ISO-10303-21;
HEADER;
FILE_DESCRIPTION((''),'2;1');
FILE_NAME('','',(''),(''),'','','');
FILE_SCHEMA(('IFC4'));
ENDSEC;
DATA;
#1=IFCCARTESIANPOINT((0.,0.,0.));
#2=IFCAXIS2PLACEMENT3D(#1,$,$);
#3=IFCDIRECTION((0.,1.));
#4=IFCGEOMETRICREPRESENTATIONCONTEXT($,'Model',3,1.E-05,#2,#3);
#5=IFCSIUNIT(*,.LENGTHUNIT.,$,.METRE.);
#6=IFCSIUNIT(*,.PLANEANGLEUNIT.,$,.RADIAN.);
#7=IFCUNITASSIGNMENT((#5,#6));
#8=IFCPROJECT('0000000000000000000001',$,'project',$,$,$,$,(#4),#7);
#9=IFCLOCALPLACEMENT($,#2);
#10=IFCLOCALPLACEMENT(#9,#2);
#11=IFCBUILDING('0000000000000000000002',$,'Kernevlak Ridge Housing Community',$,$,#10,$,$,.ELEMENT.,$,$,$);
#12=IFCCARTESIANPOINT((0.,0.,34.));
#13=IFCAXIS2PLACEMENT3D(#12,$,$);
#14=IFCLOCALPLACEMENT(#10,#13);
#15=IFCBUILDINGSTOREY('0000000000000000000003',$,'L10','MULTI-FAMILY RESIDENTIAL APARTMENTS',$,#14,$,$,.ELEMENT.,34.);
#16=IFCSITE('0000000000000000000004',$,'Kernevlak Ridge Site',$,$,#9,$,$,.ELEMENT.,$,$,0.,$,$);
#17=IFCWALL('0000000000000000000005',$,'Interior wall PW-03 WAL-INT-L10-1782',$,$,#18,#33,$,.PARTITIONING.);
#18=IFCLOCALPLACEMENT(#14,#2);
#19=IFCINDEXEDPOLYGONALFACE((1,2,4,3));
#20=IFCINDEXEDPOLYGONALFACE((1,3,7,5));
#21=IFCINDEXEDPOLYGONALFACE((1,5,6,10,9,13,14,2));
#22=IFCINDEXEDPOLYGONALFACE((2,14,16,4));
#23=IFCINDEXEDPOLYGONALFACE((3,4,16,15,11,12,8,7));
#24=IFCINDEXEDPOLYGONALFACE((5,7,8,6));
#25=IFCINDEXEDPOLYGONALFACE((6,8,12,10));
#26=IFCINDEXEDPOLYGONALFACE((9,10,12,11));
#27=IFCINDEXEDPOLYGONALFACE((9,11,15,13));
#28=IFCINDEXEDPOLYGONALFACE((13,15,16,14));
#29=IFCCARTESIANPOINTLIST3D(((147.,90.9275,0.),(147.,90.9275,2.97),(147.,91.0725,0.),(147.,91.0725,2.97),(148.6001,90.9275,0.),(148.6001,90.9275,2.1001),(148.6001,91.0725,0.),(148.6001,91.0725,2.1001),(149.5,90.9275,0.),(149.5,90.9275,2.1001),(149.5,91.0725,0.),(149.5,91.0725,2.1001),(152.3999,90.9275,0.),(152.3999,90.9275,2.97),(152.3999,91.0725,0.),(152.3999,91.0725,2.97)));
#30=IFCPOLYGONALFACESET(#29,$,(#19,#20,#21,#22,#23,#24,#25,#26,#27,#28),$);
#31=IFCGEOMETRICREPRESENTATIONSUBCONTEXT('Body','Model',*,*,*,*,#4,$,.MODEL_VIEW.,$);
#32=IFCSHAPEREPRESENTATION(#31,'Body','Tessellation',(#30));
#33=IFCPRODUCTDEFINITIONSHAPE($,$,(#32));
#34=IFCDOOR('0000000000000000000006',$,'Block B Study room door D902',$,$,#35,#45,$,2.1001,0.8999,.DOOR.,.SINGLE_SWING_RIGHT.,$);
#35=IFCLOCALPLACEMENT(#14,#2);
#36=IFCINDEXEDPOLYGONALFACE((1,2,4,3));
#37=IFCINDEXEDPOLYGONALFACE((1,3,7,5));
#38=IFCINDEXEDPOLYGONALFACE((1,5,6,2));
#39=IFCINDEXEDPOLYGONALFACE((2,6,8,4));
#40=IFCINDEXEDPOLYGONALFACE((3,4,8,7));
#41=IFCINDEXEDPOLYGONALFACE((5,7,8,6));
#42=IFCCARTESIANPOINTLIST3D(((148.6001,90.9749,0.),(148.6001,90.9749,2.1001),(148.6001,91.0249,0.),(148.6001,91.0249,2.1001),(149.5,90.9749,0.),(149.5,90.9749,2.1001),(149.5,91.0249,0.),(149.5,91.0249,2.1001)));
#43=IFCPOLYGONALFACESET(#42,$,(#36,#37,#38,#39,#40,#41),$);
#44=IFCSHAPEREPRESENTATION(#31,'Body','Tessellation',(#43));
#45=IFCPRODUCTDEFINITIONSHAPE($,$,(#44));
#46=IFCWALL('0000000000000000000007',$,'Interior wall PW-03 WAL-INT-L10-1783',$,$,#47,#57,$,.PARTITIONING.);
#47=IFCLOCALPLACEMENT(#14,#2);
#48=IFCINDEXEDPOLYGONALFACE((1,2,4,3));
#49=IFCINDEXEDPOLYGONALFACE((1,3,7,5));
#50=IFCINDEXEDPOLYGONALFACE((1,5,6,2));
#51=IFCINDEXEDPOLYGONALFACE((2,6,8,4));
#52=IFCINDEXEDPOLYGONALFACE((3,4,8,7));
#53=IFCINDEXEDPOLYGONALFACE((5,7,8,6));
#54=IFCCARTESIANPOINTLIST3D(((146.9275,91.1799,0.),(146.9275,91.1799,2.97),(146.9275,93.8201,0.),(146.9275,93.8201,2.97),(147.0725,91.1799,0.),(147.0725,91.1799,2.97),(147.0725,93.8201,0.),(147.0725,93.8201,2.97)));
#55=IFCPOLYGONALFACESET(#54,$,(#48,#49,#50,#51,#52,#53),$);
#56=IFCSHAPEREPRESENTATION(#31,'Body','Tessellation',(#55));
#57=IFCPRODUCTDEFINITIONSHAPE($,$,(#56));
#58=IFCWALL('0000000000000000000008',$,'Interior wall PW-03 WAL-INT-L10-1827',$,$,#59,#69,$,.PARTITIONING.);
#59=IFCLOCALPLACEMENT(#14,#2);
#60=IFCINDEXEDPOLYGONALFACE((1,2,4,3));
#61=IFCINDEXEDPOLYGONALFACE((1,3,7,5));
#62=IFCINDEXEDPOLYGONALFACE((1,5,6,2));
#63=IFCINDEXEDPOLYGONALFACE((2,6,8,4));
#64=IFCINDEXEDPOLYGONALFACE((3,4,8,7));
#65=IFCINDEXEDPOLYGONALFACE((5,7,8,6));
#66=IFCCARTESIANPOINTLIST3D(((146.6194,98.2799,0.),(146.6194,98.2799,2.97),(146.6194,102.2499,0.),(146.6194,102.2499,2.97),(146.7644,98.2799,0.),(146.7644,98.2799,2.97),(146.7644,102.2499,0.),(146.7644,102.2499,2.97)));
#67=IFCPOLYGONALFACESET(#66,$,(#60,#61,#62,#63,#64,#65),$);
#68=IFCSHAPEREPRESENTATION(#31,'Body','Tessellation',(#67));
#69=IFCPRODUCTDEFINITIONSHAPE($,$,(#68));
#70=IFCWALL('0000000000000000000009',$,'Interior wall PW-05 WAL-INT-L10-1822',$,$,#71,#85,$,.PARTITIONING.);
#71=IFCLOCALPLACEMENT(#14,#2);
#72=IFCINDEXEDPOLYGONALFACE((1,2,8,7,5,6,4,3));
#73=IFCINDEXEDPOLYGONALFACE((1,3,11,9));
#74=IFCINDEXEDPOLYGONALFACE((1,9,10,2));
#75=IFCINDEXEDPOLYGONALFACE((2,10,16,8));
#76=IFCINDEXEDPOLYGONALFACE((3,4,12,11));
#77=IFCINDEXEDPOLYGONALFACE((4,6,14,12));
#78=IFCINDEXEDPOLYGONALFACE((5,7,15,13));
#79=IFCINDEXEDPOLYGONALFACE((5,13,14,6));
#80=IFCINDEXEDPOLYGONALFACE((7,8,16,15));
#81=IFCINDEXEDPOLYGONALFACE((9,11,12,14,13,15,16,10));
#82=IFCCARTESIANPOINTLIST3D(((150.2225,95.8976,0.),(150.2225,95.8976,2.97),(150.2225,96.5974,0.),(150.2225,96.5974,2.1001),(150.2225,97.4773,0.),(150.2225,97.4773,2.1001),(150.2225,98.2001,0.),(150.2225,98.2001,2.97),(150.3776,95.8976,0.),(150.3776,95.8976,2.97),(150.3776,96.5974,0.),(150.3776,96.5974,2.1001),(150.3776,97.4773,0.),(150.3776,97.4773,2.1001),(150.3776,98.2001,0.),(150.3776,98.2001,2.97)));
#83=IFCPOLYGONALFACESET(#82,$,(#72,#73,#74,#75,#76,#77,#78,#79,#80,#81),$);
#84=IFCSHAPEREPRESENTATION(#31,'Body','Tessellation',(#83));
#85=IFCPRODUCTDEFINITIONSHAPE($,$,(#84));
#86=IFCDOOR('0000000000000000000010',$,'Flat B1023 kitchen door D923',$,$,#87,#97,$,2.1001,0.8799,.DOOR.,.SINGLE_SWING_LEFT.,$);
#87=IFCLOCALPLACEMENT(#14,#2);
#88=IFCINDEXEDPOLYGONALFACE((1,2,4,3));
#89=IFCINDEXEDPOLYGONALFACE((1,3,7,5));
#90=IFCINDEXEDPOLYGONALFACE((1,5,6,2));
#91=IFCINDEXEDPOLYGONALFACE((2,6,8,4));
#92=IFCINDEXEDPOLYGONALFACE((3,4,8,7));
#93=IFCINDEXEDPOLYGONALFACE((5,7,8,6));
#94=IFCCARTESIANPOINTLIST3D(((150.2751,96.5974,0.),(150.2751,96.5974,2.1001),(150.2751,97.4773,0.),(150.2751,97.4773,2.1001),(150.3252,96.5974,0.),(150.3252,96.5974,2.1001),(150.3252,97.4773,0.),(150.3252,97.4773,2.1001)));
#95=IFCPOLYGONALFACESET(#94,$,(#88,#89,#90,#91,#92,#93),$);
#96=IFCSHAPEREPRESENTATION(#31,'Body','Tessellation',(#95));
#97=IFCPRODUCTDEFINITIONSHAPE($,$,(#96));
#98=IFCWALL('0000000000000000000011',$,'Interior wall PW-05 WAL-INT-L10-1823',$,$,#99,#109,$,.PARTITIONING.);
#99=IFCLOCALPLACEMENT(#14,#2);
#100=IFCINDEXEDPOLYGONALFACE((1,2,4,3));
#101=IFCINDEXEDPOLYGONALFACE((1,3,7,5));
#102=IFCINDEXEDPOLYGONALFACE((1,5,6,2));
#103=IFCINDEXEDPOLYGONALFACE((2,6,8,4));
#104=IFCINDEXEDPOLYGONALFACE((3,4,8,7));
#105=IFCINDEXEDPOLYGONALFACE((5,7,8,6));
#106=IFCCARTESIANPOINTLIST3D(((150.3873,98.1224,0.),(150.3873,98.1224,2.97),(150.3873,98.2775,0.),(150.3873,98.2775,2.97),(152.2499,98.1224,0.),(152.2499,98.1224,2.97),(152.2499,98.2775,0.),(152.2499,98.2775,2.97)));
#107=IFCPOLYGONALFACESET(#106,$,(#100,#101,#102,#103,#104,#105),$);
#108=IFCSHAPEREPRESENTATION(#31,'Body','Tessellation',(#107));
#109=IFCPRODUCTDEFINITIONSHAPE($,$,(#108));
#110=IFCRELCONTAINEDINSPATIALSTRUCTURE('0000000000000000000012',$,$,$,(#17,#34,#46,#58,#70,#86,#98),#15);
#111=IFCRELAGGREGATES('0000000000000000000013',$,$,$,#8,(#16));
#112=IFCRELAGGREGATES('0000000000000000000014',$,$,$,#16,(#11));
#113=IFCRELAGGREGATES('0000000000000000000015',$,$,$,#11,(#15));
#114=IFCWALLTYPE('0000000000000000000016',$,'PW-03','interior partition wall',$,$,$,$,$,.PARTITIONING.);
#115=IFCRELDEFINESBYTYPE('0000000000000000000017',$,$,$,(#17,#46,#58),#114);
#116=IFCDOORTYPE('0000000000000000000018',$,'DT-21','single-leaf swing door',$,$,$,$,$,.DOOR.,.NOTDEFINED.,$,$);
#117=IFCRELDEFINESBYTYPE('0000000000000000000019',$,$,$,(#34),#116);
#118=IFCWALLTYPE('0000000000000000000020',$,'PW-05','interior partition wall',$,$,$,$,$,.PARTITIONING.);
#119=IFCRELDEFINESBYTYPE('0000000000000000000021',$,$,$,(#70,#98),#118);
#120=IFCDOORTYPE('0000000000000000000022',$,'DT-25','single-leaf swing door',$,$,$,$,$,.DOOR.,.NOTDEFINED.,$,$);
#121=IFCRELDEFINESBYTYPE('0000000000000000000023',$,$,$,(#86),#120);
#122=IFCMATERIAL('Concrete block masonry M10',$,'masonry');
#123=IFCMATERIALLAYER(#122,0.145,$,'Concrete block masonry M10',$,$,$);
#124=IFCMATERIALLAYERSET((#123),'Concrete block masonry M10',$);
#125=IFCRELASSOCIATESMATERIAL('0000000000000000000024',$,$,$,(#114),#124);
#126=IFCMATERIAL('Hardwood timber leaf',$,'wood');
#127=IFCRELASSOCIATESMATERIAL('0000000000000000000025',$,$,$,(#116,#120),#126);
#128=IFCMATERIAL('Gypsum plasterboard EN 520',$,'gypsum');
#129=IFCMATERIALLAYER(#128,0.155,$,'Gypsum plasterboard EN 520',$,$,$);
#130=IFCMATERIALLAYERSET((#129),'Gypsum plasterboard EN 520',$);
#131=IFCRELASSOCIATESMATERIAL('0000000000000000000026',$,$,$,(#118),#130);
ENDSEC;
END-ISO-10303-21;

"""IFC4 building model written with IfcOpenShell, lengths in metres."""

from ifc_helpers import new_model, si_unit, direction, frame, frame_2d, origin, place, context, subcontext, project, spatial, rectangle, extrude, material, layer, layer_set, type_object, element, fill, save


model = new_model("IFC4")

# Units and contexts
model_context = context("Model", 3, precision=1e-05, world=origin(), true_north=direction((0.0, 1.0)))
body_context = subcontext(model_context, "Body", "Model", "MODEL_VIEW")
ifc_project = project(units=[si_unit("LENGTHUNIT", "METRE"), si_unit("PLANEANGLEUNIT", "RADIAN")], contexts=[model_context])

# Site, building, storey
site_placement = place(None, origin())
site = spatial("IfcSite", under=ifc_project, at=site_placement, Name="Kernevlak Ridge Site", CompositionType="ELEMENT", RefElevation=0.0)
building_placement = place(site_placement, origin())
building = spatial("IfcBuilding", under=site, at=building_placement, Name="Kernevlak Ridge Housing Community", CompositionType="ELEMENT")
storey_placement = place(building_placement, frame((0.0, 0.0, 34.0)))
storey = spatial("IfcBuildingStorey", under=building, at=storey_placement, Name="L10", Description="MULTI-FAMILY RESIDENTIAL APARTMENTS", CompositionType="ELEMENT", Elevation=34.0)

# Shared definitions
ifc_material_1 = material(Name="Concrete block masonry M10", Category="masonry")

# Wall, opening, door
ifc_layer_1 = layer(ifc_material_1, 0.145, Name="Concrete block masonry M10")
ifc_layer_set_1 = layer_set([ifc_layer_1], Name="Concrete block masonry M10")
wall_type_1 = type_object("IfcWallType", Name="PW-03", Description="interior partition wall", PredefinedType="PARTITIONING", material=ifc_layer_set_1)
wall_1_placement = place(storey_placement, frame((147.0, 91.0, 0.0), z_axis=(0.0, 0.0, 1.0), x_axis=(1.0, 0.0, 0.0)))
wall_1 = element("IfcWall", 1, at=wall_1_placement, inside=storey, type_object=wall_type_1, Name="Interior wall PW-03 WAL-INT-L10-1782", PredefinedType="PARTITIONING", context=body_context, shape_type="SweptSolid", body=[
    extrude(rectangle(XDim=5.3999, YDim=0.145, at=frame_2d((2.7, 0.0))), origin(), (0.0, 0.0, 1.0), 2.97),
])
opening_1_placement = place(wall_1_placement, frame((1.6001, 0.0, 0.0)))
opening_1 = element("IfcOpeningElement", 2, at=opening_1_placement, cuts=wall_1, PredefinedType="OPENING", context=body_context, shape_type="SweptSolid", body=[
    extrude(rectangle(XDim=0.8999, YDim=2.1001, at=frame_2d((0.45, 1.05))), frame((0.0, 0.0825, 0.0), z_axis=(0.0, -1.0, 0.0), x_axis=(1.0, 0.0, 0.0)), (0.0, 0.0, 1.0), 0.165),
])
ifc_material_2 = material(Name="Hardwood timber leaf", Category="wood")
door_type_1 = type_object("IfcDoorType", Name="DT-21", Description="single-leaf swing door", OperationType="NOTDEFINED", PredefinedType="DOOR", material=ifc_material_2)
door_1_placement = place(opening_1_placement, origin())
door_1 = element("IfcDoor", 3, at=door_1_placement, inside=storey, type_object=door_type_1, Name="Block B Study room door D902", OperationType="SINGLE_SWING_RIGHT", OverallHeight=2.1001, OverallWidth=0.8999, PredefinedType="DOOR", context=body_context, shape_type="SweptSolid", body=[
    extrude(rectangle(XDim=0.8999, YDim=2.1001, at=frame_2d((0.45, 1.05))), frame((0.0, 0.0249, 0.0), z_axis=(0.0, -1.0, 0.0), x_axis=(1.0, 0.0, 0.0)), (0.0, 0.0, 1.0), 0.05),
])
fill(opening_1, door_1)

# Walls
wall_2_placement = place(storey_placement, frame((147.0, 91.1799, 0.0), z_axis=(0.0, 0.0, 1.0), x_axis=(0.0, 1.0, 0.0)))
element("IfcWall", 4, at=wall_2_placement, inside=storey, type_object=wall_type_1, Name="Interior wall PW-03 WAL-INT-L10-1783", PredefinedType="PARTITIONING", context=body_context, shape_type="SweptSolid", body=[
    extrude(rectangle(XDim=2.6401, YDim=0.145, at=frame_2d((1.3201, 0.0))), origin(), (0.0, 0.0, 1.0), 2.97),
])
wall_3_placement = place(storey_placement, frame((146.6919, 98.28, 0.0), z_axis=(0.0, 0.0, 1.0), x_axis=(0.0, 1.0, 0.0)))
element("IfcWall", 5, at=wall_3_placement, inside=storey, type_object=wall_type_1, Name="Interior wall PW-03 WAL-INT-L10-1827", PredefinedType="PARTITIONING", context=body_context, shape_type="SweptSolid", body=[
    extrude(rectangle(XDim=3.97, YDim=0.145, at=frame_2d((1.9849, 0.0))), origin(), (0.0, 0.0, 1.0), 2.97),
])

# Wall, opening, door
ifc_material_3 = material(Name="Gypsum plasterboard EN 520", Category="gypsum")
ifc_layer_2 = layer(ifc_material_3, 0.155, Name="Gypsum plasterboard EN 520")
ifc_layer_set_2 = layer_set([ifc_layer_2], Name="Gypsum plasterboard EN 520")
wall_type_2 = type_object("IfcWallType", Name="PW-05", Description="interior partition wall", PredefinedType="PARTITIONING", material=ifc_layer_set_2)
wall_4_placement = place(storey_placement, frame((150.3, 95.8975, 0.0), z_axis=(0.0, 0.0, 1.0), x_axis=(0.0, 1.0, 0.0)))
wall_4 = element("IfcWall", 6, at=wall_4_placement, inside=storey, type_object=wall_type_2, Name="Interior wall PW-05 WAL-INT-L10-1822", PredefinedType="PARTITIONING", context=body_context, shape_type="SweptSolid", body=[
    extrude(rectangle(XDim=2.3025, YDim=0.155, at=frame_2d((1.1514, 0.0))), origin(), (0.0, 0.0, 1.0), 2.97),
])
opening_2_placement = place(wall_4_placement, frame((0.7, 0.0, 0.0)))
opening_2 = element("IfcOpeningElement", 7, at=opening_2_placement, cuts=wall_4, PredefinedType="OPENING", context=body_context, shape_type="SweptSolid", body=[
    extrude(rectangle(XDim=0.8799, YDim=2.1001, at=frame_2d((0.4399, 1.05))), frame((0.0, 0.0874, 0.0), z_axis=(0.0, -1.0, 0.0), x_axis=(1.0, 0.0, 0.0)), (0.0, 0.0, 1.0), 0.175),
])
door_type_2 = type_object("IfcDoorType", Name="DT-25", Description="single-leaf swing door", OperationType="NOTDEFINED", PredefinedType="DOOR", material=ifc_material_2)
door_2_placement = place(opening_2_placement, origin())
door_2 = element("IfcDoor", 8, at=door_2_placement, inside=storey, type_object=door_type_2, Name="Flat B1023 kitchen door D923", OperationType="SINGLE_SWING_LEFT", OverallHeight=2.1001, OverallWidth=0.8799, PredefinedType="DOOR", context=body_context, shape_type="SweptSolid", body=[
    extrude(rectangle(XDim=0.8799, YDim=2.1001, at=frame_2d((0.4399, 1.05))), frame((0.0, 0.0249, 0.0), z_axis=(0.0, -1.0, 0.0), x_axis=(1.0, 0.0, 0.0)), (0.0, 0.0, 1.0), 0.05),
])
fill(opening_2, door_2)

# Wall
wall_5_placement = place(storey_placement, frame((150.3875, 98.2, 0.0), z_axis=(0.0, 0.0, 1.0), x_axis=(1.0, 0.0, 0.0)))
element("IfcWall", 9, at=wall_5_placement, inside=storey, type_object=wall_type_2, Name="Interior wall PW-05 WAL-INT-L10-1823", PredefinedType="PARTITIONING", context=body_context, shape_type="SweptSolid", body=[
    extrude(rectangle(XDim=1.8625, YDim=0.155, at=frame_2d((0.9312, 0.0))), origin(), (0.0, 0.0, 1.0), 2.97),
])

save(model, "model.ifc")
